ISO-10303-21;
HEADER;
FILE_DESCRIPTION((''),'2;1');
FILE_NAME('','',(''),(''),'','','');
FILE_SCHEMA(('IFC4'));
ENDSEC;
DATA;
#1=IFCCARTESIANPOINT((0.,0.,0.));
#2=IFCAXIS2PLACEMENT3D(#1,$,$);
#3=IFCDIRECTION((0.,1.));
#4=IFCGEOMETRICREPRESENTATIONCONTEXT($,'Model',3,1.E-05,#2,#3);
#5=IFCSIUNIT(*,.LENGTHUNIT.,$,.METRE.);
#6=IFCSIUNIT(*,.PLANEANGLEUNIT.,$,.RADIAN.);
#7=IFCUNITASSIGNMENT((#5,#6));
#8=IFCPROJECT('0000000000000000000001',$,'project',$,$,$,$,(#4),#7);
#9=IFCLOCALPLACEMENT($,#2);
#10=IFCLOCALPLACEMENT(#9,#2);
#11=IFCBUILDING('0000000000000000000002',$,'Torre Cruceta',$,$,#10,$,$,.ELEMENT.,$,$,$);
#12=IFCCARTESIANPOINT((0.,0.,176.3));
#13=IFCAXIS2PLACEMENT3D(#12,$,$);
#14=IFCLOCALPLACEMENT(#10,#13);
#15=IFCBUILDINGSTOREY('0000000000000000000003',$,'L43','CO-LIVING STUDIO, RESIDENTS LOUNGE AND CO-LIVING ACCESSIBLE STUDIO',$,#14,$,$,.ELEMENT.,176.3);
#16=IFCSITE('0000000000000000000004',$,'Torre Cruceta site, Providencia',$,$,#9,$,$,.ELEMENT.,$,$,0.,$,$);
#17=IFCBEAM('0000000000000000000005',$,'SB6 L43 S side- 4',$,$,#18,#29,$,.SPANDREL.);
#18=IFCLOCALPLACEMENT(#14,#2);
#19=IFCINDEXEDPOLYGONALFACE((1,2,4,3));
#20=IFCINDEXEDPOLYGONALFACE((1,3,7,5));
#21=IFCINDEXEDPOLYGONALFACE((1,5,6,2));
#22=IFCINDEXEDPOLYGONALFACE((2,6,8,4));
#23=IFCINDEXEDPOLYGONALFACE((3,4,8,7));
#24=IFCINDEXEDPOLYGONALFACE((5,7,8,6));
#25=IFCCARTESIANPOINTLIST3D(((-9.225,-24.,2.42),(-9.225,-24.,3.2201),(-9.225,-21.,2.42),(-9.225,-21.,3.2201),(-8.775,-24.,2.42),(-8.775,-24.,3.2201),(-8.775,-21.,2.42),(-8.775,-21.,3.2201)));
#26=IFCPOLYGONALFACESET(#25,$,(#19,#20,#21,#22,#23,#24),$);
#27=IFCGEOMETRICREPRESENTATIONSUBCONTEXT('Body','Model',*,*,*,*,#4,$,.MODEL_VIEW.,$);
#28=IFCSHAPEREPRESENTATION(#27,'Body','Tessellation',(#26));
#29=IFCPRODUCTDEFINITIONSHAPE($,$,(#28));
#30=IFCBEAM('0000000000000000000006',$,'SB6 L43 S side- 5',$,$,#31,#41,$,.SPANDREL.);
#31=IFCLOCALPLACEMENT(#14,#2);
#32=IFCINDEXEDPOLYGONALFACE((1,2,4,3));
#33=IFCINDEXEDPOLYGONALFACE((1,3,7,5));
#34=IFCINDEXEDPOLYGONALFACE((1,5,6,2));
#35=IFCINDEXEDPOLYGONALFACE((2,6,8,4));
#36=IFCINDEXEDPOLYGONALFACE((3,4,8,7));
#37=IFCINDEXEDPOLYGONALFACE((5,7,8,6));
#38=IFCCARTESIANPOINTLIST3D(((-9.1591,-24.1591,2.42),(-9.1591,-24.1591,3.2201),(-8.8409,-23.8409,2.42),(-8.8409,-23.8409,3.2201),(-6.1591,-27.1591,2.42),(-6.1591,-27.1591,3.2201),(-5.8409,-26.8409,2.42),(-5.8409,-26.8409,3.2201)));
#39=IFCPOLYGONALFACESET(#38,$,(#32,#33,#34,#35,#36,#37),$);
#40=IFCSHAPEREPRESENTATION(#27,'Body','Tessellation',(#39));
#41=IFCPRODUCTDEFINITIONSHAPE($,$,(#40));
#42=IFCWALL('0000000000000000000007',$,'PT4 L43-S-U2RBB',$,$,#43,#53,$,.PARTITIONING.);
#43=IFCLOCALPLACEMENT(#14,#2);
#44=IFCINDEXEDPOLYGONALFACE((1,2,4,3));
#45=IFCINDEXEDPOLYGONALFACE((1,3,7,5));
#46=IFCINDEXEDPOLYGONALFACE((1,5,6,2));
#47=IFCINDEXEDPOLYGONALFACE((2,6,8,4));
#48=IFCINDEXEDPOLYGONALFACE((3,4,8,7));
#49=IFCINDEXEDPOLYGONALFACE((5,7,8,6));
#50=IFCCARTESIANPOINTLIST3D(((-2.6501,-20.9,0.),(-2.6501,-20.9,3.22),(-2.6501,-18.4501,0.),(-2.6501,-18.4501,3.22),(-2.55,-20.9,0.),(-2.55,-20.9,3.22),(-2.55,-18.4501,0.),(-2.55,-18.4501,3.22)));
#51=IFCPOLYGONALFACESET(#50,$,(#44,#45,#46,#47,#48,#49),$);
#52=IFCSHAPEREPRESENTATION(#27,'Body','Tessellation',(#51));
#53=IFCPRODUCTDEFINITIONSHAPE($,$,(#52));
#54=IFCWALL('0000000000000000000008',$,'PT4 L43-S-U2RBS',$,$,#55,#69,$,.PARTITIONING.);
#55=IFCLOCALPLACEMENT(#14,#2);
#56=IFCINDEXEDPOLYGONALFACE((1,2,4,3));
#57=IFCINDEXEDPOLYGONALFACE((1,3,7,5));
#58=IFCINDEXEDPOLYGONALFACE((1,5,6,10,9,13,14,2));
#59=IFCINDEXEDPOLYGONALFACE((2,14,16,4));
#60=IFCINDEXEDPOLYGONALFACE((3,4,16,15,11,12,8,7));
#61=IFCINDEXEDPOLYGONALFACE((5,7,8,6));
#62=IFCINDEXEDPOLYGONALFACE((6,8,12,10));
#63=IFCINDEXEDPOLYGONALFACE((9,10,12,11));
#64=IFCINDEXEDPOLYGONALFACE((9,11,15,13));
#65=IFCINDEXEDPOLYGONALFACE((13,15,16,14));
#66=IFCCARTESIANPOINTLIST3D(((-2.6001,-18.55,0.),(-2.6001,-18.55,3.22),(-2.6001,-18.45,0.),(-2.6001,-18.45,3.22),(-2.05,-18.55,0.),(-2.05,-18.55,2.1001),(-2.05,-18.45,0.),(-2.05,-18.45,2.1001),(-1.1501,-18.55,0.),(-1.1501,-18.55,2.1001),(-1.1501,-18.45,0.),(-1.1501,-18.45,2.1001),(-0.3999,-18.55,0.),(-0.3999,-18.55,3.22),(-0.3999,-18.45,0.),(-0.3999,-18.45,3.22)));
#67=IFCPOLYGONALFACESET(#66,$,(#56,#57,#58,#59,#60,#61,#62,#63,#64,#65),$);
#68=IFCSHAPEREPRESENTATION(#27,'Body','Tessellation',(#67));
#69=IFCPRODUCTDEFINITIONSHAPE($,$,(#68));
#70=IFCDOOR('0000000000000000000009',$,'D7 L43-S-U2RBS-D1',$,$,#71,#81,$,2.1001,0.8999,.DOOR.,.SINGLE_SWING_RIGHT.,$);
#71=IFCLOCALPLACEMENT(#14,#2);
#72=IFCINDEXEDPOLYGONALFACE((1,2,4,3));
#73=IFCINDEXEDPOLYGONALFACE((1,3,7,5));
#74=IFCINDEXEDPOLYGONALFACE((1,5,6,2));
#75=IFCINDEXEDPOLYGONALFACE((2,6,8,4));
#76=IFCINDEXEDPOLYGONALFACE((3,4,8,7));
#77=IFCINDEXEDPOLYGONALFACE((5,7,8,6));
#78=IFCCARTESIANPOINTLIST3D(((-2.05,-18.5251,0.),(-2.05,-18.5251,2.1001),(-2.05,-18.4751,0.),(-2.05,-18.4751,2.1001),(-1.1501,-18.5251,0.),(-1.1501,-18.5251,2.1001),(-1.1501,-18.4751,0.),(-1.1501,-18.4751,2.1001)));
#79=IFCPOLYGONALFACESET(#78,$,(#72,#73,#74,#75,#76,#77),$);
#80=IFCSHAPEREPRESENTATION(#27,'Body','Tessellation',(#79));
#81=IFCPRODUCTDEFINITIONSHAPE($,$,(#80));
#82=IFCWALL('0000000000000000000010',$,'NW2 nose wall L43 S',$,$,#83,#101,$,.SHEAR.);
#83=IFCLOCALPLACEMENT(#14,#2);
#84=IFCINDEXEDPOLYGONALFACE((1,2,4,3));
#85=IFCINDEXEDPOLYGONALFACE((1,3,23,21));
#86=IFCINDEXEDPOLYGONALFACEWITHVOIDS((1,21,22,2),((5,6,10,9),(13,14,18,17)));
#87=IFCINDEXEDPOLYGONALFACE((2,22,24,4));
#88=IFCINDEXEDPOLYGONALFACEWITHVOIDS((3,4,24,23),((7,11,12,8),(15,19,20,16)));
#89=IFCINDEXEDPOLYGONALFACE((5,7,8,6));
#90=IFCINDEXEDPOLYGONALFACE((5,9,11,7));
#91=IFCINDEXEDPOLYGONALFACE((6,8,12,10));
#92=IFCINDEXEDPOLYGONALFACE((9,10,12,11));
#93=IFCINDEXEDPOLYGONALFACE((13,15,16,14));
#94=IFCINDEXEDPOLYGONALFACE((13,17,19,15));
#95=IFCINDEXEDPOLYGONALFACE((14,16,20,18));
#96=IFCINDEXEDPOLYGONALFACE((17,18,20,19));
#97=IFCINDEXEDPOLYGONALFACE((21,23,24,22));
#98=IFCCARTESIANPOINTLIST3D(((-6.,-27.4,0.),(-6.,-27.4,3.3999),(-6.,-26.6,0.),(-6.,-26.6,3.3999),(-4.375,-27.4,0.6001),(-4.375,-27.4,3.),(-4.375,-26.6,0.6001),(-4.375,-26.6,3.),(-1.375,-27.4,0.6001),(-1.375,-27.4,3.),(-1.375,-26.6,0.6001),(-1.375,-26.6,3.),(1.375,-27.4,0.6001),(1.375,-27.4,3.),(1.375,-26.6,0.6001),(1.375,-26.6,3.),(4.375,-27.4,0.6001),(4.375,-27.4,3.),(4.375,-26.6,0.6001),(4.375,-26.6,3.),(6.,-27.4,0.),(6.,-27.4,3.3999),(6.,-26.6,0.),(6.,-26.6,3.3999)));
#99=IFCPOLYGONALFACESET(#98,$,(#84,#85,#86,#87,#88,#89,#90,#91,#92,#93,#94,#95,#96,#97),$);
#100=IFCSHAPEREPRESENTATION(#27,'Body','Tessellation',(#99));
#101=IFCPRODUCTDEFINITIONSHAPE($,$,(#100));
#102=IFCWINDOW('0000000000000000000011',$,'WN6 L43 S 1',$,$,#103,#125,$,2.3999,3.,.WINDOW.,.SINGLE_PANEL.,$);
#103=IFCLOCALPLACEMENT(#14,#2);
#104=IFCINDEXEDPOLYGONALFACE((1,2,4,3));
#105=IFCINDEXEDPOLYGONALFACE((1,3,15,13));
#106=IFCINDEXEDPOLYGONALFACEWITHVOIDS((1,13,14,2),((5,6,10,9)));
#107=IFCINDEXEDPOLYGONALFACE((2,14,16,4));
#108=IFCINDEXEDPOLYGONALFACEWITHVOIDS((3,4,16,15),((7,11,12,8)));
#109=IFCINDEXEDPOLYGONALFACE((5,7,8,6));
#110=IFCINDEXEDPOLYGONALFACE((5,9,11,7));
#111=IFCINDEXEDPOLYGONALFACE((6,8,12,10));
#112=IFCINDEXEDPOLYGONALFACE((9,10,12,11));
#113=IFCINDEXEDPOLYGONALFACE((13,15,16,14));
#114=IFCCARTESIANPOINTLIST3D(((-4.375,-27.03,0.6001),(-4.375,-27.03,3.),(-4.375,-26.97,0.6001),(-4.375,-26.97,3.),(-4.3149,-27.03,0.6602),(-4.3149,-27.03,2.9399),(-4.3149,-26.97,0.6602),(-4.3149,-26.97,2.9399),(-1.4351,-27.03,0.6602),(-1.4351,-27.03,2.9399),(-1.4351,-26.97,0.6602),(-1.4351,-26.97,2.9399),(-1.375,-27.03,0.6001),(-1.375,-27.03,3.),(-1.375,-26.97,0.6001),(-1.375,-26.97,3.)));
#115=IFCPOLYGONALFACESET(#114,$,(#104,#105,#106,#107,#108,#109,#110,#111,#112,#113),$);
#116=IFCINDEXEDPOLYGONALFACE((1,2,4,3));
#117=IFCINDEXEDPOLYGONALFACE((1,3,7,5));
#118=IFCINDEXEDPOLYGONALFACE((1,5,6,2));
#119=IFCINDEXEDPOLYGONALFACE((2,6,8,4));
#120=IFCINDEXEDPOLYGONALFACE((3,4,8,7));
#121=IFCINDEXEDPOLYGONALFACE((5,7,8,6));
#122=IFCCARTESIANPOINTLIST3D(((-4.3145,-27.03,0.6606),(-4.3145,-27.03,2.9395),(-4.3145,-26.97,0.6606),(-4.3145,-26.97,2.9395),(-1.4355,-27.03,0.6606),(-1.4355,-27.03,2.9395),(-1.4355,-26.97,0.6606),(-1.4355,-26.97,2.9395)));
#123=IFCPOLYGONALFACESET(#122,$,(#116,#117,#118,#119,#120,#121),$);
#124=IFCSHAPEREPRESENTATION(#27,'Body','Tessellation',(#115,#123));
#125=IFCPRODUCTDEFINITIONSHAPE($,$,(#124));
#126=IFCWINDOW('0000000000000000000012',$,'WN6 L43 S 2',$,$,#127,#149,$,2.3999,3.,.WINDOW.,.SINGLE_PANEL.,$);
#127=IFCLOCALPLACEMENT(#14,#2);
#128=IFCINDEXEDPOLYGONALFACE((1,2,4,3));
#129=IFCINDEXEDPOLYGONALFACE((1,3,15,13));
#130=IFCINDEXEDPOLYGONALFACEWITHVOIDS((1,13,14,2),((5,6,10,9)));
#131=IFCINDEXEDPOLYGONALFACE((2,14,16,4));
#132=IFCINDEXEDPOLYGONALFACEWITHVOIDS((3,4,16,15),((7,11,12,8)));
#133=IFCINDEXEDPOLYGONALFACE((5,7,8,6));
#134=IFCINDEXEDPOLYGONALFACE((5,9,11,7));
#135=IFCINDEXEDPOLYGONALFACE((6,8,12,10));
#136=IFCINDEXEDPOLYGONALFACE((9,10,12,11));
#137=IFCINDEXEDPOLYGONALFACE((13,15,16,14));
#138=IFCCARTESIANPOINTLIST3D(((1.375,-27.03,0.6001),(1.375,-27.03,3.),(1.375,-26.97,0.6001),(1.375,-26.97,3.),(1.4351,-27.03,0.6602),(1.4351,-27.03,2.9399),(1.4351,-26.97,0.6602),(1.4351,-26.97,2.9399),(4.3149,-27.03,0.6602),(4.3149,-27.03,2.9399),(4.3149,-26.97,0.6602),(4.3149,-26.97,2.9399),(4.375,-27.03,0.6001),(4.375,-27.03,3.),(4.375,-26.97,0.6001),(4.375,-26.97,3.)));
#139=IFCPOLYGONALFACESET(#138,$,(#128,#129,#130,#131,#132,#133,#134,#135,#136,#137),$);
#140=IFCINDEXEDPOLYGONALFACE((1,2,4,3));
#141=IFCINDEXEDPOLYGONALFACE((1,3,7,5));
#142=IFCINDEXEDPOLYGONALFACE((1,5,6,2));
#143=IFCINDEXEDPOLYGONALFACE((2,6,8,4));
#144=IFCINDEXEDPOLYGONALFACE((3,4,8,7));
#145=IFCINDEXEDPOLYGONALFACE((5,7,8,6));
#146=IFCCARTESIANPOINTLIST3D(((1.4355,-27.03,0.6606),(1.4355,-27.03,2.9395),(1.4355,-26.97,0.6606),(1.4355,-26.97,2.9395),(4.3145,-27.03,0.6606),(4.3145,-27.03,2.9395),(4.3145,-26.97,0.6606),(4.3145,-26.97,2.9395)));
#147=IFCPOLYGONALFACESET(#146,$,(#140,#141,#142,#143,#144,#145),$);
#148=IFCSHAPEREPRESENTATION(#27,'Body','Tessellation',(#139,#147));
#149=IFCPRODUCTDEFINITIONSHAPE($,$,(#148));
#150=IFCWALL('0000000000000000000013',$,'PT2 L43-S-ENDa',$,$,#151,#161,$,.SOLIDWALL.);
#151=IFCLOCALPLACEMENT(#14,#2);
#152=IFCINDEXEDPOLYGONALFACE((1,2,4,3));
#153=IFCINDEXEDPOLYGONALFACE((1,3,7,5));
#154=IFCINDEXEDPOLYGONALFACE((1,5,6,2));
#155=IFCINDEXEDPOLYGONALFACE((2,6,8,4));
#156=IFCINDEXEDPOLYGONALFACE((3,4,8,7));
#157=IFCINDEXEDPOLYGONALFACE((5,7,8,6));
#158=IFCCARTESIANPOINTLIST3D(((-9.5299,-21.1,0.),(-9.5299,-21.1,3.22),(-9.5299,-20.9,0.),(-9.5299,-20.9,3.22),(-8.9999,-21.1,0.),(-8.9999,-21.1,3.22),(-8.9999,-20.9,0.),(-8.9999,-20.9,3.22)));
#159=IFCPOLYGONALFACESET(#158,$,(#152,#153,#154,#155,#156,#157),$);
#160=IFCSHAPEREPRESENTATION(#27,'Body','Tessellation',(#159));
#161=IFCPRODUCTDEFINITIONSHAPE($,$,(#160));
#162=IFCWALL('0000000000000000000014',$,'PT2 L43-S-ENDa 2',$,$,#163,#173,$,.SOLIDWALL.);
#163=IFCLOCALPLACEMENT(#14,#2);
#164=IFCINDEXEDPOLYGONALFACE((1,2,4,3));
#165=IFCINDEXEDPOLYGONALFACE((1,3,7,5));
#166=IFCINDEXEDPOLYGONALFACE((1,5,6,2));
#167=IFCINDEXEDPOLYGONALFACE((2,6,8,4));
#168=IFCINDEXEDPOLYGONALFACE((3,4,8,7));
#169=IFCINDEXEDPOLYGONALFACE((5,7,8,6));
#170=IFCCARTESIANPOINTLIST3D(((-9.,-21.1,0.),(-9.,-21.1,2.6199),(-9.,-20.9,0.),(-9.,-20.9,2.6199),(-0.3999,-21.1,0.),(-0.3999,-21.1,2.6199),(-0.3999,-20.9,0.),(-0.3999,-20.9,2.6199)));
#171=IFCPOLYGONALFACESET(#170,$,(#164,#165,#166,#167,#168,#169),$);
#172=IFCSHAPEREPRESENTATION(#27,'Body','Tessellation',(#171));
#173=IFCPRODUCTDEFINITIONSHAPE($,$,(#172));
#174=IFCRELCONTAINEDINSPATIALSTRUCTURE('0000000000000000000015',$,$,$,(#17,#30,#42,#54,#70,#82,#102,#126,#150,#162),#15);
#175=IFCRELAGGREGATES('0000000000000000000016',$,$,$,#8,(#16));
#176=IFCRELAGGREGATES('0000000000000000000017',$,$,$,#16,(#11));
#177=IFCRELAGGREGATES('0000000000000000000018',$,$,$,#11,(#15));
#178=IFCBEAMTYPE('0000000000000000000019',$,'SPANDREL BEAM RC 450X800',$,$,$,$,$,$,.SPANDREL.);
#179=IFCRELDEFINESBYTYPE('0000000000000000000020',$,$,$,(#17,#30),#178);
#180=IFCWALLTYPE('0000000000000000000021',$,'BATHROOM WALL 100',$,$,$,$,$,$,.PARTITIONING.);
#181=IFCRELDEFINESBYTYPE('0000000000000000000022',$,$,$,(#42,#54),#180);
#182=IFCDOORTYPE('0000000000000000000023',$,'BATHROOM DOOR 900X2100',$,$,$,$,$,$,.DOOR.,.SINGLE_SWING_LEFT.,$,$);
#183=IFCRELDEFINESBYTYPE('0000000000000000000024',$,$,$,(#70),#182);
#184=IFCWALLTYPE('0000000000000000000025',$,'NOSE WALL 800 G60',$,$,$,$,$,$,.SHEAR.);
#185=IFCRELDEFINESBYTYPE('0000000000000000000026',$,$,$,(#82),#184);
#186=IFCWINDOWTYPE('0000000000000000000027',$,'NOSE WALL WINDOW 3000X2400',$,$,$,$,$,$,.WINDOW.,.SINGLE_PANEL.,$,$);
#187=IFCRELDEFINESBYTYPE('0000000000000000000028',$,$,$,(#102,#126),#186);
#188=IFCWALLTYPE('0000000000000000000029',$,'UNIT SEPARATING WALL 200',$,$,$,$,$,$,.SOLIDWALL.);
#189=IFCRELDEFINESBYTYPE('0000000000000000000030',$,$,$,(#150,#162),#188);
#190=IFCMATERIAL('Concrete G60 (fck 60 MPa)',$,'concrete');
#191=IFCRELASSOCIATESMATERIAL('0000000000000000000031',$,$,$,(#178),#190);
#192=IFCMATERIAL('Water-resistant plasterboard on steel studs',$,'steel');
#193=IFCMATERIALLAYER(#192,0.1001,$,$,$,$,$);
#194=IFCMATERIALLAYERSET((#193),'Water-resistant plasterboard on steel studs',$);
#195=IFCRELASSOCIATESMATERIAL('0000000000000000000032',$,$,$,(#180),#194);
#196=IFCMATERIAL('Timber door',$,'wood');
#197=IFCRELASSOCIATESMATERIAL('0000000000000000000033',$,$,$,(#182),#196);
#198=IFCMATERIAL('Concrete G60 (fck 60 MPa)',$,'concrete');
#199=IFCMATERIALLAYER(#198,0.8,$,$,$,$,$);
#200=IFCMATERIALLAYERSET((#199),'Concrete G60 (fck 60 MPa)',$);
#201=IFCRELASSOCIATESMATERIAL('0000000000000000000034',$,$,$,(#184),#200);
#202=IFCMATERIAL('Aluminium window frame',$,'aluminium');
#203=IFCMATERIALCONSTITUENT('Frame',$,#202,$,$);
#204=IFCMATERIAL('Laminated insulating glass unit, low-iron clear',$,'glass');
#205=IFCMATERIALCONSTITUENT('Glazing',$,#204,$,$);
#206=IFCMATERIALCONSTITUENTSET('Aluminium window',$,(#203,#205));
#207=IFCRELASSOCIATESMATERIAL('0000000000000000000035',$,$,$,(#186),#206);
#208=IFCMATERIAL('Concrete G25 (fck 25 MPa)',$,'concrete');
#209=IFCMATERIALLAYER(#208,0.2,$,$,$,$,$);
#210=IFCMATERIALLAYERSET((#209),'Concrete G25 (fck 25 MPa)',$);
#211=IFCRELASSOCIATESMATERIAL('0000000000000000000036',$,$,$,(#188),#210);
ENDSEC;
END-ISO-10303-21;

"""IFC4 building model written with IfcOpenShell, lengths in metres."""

from ifc_helpers import new_model, si_unit, direction, frame, frame_2d, origin, origin_2d, place, context, subcontext, project, spatial, rectangle, hollow_rectangle, extrude, material, layer, layer_set, constituent, constituent_set, material_profile, profile_set, type_object, element, fill, save


model = new_model("IFC4")

# Units and contexts
model_context = context("Model", 3, precision=1e-05, world=origin(), true_north=direction((0.0, 1.0)))
body_context = subcontext(model_context, "Body", "Model", "MODEL_VIEW")
ifc_project = project(units=[si_unit("LENGTHUNIT", "METRE"), si_unit("PLANEANGLEUNIT", "RADIAN")], contexts=[model_context])

# Site, building, storey
site_placement = place(None, origin())
site = spatial("IfcSite", under=ifc_project, at=site_placement, Name="Torre Cruceta site, Providencia", CompositionType="ELEMENT", RefElevation=0.0)
building_placement = place(site_placement, origin())
building = spatial("IfcBuilding", under=site, at=building_placement, Name="Torre Cruceta", CompositionType="ELEMENT")
storey_placement = place(building_placement, frame((0.0, 0.0, 176.3)))
storey = spatial("IfcBuildingStorey", under=building, at=storey_placement, Name="L43", Description="CO-LIVING STUDIO, RESIDENTS LOUNGE AND CO-LIVING ACCESSIBLE STUDIO", CompositionType="ELEMENT", Elevation=176.3)

# Beams
ifc_material_1 = material(Name="Concrete G60 (fck 60 MPa)", Category="concrete")
ifc_material_profile_1 = material_profile(ifc_material_1, rectangle(XDim=0.45, YDim=0.8, at=origin_2d()), Name="RC 450X800")
ifc_profile_set_1 = profile_set([ifc_material_profile_1], Name="Concrete G60 (fck 60 MPa)")
beam_type_1 = type_object("IfcBeamType", Name="SPANDREL BEAM RC 450X800", PredefinedType="SPANDREL", material=ifc_profile_set_1)
for number, where, z_axis, x_axis, name in (
    (1, (-9.0, -21.0, 2.8201), (0.0, -1.0, 0.0), (1.0, 0.0, 0.0), "SB6 L43 S side- 4"),
):
    element("IfcBeam", number, at=place(storey_placement, frame(where, z_axis=z_axis, x_axis=x_axis)), inside=storey, type_object=beam_type_1, Name=name, PredefinedType="SPANDREL", context=body_context, shape_type="SweptSolid", body=[
        extrude(rectangle(XDim=0.45, YDim=0.8, at=origin_2d()), origin(), (0.0, 0.0, 1.0), 3.0),
    ])
beam_1_placement = place(storey_placement, frame((-9.0, -24.0, 2.8201), z_axis=(0.707107, -0.707107, 0.0), x_axis=(0.707107, 0.707107, 0.0)))
element("IfcBeam", 2, at=beam_1_placement, inside=storey, type_object=beam_type_1, Name="SB6 L43 S side- 5", PredefinedType="SPANDREL", context=body_context, shape_type="SweptSolid", body=[
    extrude(rectangle(XDim=0.45, YDim=0.8, at=origin_2d()), origin(), (0.0, 0.0, 1.0), 4.2427),
])

# Wall
ifc_material_2 = material(Name="Water-resistant plasterboard on steel studs", Category="steel")
ifc_layer_1 = layer(ifc_material_2, 0.1001)
ifc_layer_set_1 = layer_set([ifc_layer_1], Name="Water-resistant plasterboard on steel studs")
wall_type_1 = type_object("IfcWallType", Name="BATHROOM WALL 100", PredefinedType="PARTITIONING", material=ifc_layer_set_1)
wall_1_placement = place(storey_placement, frame((-2.6001, -18.45, 0.0), z_axis=(0.0, 0.0, 1.0), x_axis=(0.0, -1.0, 0.0)))
element("IfcWall", 3, at=wall_1_placement, inside=storey, type_object=wall_type_1, Name="PT4 L43-S-U2RBB", PredefinedType="PARTITIONING", context=body_context, shape_type="SweptSolid", body=[
    extrude(rectangle(XDim=2.45, YDim=0.1001, at=frame_2d((1.2251, 0.0))), origin(), (0.0, 0.0, 1.0), 3.22),
])

# Wall, opening, door
wall_2_placement = place(storey_placement, frame((-2.6001, -18.5, 0.0), z_axis=(0.0, 0.0, 1.0), x_axis=(1.0, 0.0, 0.0)))
wall_2 = element("IfcWall", 4, at=wall_2_placement, inside=storey, type_object=wall_type_1, Name="PT4 L43-S-U2RBS", PredefinedType="PARTITIONING", context=body_context, shape_type="SweptSolid", body=[
    extrude(rectangle(XDim=2.2002, YDim=0.1001, at=frame_2d((1.1001, 0.0))), origin(), (0.0, 0.0, 1.0), 3.22),
])
opening_1_placement = place(wall_2_placement, frame((0.55, 0.0, 0.0)))
opening_1 = element("IfcOpeningElement", 5, at=opening_1_placement, cuts=wall_2, PredefinedType="OPENING", context=body_context, shape_type="SweptSolid", body=[
    extrude(rectangle(XDim=0.8999, YDim=2.1001, at=frame_2d((0.45, 1.05))), frame((0.0, 0.0601, 0.0), z_axis=(0.0, -1.0, 0.0), x_axis=(1.0, 0.0, 0.0)), (0.0, 0.0, 1.0), 0.1201),
])
ifc_material_3 = material(Name="Timber door", Category="wood")
door_type = type_object("IfcDoorType", Name="BATHROOM DOOR 900X2100", OperationType="SINGLE_SWING_LEFT", PredefinedType="DOOR", material=ifc_material_3)
door_placement = place(opening_1_placement, frame((0.8999, 0.0, 0.0), z_axis=(0.0, 0.0, 1.0), x_axis=(-1.0, 0.0, 0.0)))
door = element("IfcDoor", 6, at=door_placement, inside=storey, type_object=door_type, Name="D7 L43-S-U2RBS-D1", OperationType="SINGLE_SWING_RIGHT", OverallHeight=2.1001, OverallWidth=0.8999, PredefinedType="DOOR", context=body_context, shape_type="SweptSolid", body=[
    extrude(rectangle(XDim=0.8999, YDim=2.1001, at=frame_2d((0.45, 1.05))), frame((0.0, 0.0251, 0.0), z_axis=(0.0, -1.0, 0.0), x_axis=(1.0, 0.0, 0.0)), (0.0, 0.0, 1.0), 0.05),
])
fill(opening_1, door)

# Wall, openings, windows
ifc_material_4 = material(Name="Concrete G60 (fck 60 MPa)", Category="concrete")
ifc_layer_2 = layer(ifc_material_4, 0.8)
ifc_layer_set_2 = layer_set([ifc_layer_2], Name="Concrete G60 (fck 60 MPa)")
wall_type_2 = type_object("IfcWallType", Name="NOSE WALL 800 G60", PredefinedType="SHEAR", material=ifc_layer_set_2)
wall_3_placement = place(storey_placement, frame((-6.0, -27.0, 0.0), z_axis=(0.0, 0.0, 1.0), x_axis=(1.0, 0.0, 0.0)))
wall_3 = element("IfcWall", 7, at=wall_3_placement, inside=storey, type_object=wall_type_2, Name="NW2 nose wall L43 S", PredefinedType="SHEAR", context=body_context, shape_type="SweptSolid", body=[
    extrude(rectangle(XDim=12.0, YDim=0.8, at=frame_2d((6.0, 0.0))), origin(), (0.0, 0.0, 1.0), 3.3999),
])
opening_2_placement = place(wall_3_placement, frame((1.625, 0.0, 0.6001)))
opening_2 = element("IfcOpeningElement", 8, at=opening_2_placement, cuts=wall_3, PredefinedType="OPENING", context=body_context, shape_type="SweptSolid", body=[
    extrude(rectangle(XDim=3.0, YDim=2.3999, at=frame_2d((1.5, 1.2))), frame((0.0, 0.4099, 0.0), z_axis=(0.0, -1.0, 0.0), x_axis=(1.0, 0.0, 0.0)), (0.0, 0.0, 1.0), 0.8201),
])
opening_3_placement = place(wall_3_placement, frame((7.375, 0.0, 0.6001)))
opening_3 = element("IfcOpeningElement", 9, at=opening_3_placement, cuts=wall_3, PredefinedType="OPENING", context=body_context, shape_type="SweptSolid", body=[
    extrude(rectangle(XDim=3.0, YDim=2.3999, at=frame_2d((1.5, 1.2))), frame((0.0, 0.4099, 0.0), z_axis=(0.0, -1.0, 0.0), x_axis=(1.0, 0.0, 0.0)), (0.0, 0.0, 1.0), 0.8201),
])
ifc_material_5 = material(Name="Aluminium window frame", Category="aluminium")
ifc_constituent_1 = constituent(ifc_material_5, Name="Frame")
ifc_material_6 = material(Name="Laminated insulating glass unit, low-iron clear", Category="glass")
ifc_constituent_2 = constituent(ifc_material_6, Name="Glazing")
ifc_constituent_set = constituent_set(constituents=[ifc_constituent_1, ifc_constituent_2], Name="Aluminium window")
window_type = type_object("IfcWindowType", Name="NOSE WALL WINDOW 3000X2400", PartitioningType="SINGLE_PANEL", PredefinedType="WINDOW", material=ifc_constituent_set)
window_1_placement = place(opening_2_placement, origin())
window_1 = element("IfcWindow", 10, at=window_1_placement, inside=storey, type_object=window_type, Name="WN6 L43 S 1", OverallHeight=2.3999, OverallWidth=3.0, PartitioningType="SINGLE_PANEL", PredefinedType="WINDOW", context=body_context, shape_type="SweptSolid", body=[
    extrude(hollow_rectangle(XDim=3.0, YDim=2.3999, WallThickness=0.0601, at=frame_2d((1.5, 1.2))), frame((0.0, 0.03, 0.0), z_axis=(0.0, -1.0, 0.0), x_axis=(1.0, 0.0, 0.0)), (0.0, 0.0, 1.0), 0.0601),
    extrude(rectangle(XDim=2.8789, YDim=2.2788, at=frame_2d((1.5, 1.2))), frame((0.0, 0.03, 0.0), z_axis=(0.0, -1.0, 0.0), x_axis=(1.0, 0.0, 0.0)), (0.0, 0.0, 1.0), 0.0601),
])
fill(opening_2, window_1)
window_2_placement = place(opening_3_placement, origin())
window_2 = element("IfcWindow", 11, at=window_2_placement, inside=storey, type_object=window_type, Name="WN6 L43 S 2", OverallHeight=2.3999, OverallWidth=3.0, PartitioningType="SINGLE_PANEL", PredefinedType="WINDOW", context=body_context, shape_type="SweptSolid", body=[
    extrude(hollow_rectangle(XDim=3.0, YDim=2.3999, WallThickness=0.0601, at=frame_2d((1.5, 1.2))), frame((0.0, 0.03, 0.0), z_axis=(0.0, -1.0, 0.0), x_axis=(1.0, 0.0, 0.0)), (0.0, 0.0, 1.0), 0.0601),
    extrude(rectangle(XDim=2.8789, YDim=2.2788, at=frame_2d((1.5, 1.2))), frame((0.0, 0.03, 0.0), z_axis=(0.0, -1.0, 0.0), x_axis=(1.0, 0.0, 0.0)), (0.0, 0.0, 1.0), 0.0601),
])
fill(opening_3, window_2)

# Walls
ifc_material_7 = material(Name="Concrete G25 (fck 25 MPa)", Category="concrete")
ifc_layer_3 = layer(ifc_material_7, 0.2)
ifc_layer_set_3 = layer_set([ifc_layer_3], Name="Concrete G25 (fck 25 MPa)")
wall_type_3 = type_object("IfcWallType", Name="UNIT SEPARATING WALL 200", PredefinedType="SOLIDWALL", material=ifc_layer_set_3)
wall_4_placement = place(storey_placement, frame((-9.53, -21.0, 0.0), z_axis=(0.0, 0.0, 1.0), x_axis=(1.0, 0.0, 0.0)))
element("IfcWall", 12, at=wall_4_placement, inside=storey, type_object=wall_type_3, Name="PT2 L43-S-ENDa", PredefinedType="SOLIDWALL", context=body_context, shape_type="SweptSolid", body=[
    extrude(rectangle(XDim=0.53, YDim=0.2, at=frame_2d((0.2651, 0.0))), origin(), (0.0, 0.0, 1.0), 3.22),
])
wall_5_placement = place(storey_placement, frame((-9.0, -21.0, 0.0), z_axis=(0.0, 0.0, 1.0), x_axis=(1.0, 0.0, 0.0)))
element("IfcWall", 13, at=wall_5_placement, inside=storey, type_object=wall_type_3, Name="PT2 L43-S-ENDa 2", PredefinedType="SOLIDWALL", context=body_context, shape_type="SweptSolid", body=[
    extrude(rectangle(XDim=8.6001, YDim=0.2, at=frame_2d((4.3, 0.0))), origin(), (0.0, 0.0, 1.0), 2.6199),
])

save(model, "model.ifc")
